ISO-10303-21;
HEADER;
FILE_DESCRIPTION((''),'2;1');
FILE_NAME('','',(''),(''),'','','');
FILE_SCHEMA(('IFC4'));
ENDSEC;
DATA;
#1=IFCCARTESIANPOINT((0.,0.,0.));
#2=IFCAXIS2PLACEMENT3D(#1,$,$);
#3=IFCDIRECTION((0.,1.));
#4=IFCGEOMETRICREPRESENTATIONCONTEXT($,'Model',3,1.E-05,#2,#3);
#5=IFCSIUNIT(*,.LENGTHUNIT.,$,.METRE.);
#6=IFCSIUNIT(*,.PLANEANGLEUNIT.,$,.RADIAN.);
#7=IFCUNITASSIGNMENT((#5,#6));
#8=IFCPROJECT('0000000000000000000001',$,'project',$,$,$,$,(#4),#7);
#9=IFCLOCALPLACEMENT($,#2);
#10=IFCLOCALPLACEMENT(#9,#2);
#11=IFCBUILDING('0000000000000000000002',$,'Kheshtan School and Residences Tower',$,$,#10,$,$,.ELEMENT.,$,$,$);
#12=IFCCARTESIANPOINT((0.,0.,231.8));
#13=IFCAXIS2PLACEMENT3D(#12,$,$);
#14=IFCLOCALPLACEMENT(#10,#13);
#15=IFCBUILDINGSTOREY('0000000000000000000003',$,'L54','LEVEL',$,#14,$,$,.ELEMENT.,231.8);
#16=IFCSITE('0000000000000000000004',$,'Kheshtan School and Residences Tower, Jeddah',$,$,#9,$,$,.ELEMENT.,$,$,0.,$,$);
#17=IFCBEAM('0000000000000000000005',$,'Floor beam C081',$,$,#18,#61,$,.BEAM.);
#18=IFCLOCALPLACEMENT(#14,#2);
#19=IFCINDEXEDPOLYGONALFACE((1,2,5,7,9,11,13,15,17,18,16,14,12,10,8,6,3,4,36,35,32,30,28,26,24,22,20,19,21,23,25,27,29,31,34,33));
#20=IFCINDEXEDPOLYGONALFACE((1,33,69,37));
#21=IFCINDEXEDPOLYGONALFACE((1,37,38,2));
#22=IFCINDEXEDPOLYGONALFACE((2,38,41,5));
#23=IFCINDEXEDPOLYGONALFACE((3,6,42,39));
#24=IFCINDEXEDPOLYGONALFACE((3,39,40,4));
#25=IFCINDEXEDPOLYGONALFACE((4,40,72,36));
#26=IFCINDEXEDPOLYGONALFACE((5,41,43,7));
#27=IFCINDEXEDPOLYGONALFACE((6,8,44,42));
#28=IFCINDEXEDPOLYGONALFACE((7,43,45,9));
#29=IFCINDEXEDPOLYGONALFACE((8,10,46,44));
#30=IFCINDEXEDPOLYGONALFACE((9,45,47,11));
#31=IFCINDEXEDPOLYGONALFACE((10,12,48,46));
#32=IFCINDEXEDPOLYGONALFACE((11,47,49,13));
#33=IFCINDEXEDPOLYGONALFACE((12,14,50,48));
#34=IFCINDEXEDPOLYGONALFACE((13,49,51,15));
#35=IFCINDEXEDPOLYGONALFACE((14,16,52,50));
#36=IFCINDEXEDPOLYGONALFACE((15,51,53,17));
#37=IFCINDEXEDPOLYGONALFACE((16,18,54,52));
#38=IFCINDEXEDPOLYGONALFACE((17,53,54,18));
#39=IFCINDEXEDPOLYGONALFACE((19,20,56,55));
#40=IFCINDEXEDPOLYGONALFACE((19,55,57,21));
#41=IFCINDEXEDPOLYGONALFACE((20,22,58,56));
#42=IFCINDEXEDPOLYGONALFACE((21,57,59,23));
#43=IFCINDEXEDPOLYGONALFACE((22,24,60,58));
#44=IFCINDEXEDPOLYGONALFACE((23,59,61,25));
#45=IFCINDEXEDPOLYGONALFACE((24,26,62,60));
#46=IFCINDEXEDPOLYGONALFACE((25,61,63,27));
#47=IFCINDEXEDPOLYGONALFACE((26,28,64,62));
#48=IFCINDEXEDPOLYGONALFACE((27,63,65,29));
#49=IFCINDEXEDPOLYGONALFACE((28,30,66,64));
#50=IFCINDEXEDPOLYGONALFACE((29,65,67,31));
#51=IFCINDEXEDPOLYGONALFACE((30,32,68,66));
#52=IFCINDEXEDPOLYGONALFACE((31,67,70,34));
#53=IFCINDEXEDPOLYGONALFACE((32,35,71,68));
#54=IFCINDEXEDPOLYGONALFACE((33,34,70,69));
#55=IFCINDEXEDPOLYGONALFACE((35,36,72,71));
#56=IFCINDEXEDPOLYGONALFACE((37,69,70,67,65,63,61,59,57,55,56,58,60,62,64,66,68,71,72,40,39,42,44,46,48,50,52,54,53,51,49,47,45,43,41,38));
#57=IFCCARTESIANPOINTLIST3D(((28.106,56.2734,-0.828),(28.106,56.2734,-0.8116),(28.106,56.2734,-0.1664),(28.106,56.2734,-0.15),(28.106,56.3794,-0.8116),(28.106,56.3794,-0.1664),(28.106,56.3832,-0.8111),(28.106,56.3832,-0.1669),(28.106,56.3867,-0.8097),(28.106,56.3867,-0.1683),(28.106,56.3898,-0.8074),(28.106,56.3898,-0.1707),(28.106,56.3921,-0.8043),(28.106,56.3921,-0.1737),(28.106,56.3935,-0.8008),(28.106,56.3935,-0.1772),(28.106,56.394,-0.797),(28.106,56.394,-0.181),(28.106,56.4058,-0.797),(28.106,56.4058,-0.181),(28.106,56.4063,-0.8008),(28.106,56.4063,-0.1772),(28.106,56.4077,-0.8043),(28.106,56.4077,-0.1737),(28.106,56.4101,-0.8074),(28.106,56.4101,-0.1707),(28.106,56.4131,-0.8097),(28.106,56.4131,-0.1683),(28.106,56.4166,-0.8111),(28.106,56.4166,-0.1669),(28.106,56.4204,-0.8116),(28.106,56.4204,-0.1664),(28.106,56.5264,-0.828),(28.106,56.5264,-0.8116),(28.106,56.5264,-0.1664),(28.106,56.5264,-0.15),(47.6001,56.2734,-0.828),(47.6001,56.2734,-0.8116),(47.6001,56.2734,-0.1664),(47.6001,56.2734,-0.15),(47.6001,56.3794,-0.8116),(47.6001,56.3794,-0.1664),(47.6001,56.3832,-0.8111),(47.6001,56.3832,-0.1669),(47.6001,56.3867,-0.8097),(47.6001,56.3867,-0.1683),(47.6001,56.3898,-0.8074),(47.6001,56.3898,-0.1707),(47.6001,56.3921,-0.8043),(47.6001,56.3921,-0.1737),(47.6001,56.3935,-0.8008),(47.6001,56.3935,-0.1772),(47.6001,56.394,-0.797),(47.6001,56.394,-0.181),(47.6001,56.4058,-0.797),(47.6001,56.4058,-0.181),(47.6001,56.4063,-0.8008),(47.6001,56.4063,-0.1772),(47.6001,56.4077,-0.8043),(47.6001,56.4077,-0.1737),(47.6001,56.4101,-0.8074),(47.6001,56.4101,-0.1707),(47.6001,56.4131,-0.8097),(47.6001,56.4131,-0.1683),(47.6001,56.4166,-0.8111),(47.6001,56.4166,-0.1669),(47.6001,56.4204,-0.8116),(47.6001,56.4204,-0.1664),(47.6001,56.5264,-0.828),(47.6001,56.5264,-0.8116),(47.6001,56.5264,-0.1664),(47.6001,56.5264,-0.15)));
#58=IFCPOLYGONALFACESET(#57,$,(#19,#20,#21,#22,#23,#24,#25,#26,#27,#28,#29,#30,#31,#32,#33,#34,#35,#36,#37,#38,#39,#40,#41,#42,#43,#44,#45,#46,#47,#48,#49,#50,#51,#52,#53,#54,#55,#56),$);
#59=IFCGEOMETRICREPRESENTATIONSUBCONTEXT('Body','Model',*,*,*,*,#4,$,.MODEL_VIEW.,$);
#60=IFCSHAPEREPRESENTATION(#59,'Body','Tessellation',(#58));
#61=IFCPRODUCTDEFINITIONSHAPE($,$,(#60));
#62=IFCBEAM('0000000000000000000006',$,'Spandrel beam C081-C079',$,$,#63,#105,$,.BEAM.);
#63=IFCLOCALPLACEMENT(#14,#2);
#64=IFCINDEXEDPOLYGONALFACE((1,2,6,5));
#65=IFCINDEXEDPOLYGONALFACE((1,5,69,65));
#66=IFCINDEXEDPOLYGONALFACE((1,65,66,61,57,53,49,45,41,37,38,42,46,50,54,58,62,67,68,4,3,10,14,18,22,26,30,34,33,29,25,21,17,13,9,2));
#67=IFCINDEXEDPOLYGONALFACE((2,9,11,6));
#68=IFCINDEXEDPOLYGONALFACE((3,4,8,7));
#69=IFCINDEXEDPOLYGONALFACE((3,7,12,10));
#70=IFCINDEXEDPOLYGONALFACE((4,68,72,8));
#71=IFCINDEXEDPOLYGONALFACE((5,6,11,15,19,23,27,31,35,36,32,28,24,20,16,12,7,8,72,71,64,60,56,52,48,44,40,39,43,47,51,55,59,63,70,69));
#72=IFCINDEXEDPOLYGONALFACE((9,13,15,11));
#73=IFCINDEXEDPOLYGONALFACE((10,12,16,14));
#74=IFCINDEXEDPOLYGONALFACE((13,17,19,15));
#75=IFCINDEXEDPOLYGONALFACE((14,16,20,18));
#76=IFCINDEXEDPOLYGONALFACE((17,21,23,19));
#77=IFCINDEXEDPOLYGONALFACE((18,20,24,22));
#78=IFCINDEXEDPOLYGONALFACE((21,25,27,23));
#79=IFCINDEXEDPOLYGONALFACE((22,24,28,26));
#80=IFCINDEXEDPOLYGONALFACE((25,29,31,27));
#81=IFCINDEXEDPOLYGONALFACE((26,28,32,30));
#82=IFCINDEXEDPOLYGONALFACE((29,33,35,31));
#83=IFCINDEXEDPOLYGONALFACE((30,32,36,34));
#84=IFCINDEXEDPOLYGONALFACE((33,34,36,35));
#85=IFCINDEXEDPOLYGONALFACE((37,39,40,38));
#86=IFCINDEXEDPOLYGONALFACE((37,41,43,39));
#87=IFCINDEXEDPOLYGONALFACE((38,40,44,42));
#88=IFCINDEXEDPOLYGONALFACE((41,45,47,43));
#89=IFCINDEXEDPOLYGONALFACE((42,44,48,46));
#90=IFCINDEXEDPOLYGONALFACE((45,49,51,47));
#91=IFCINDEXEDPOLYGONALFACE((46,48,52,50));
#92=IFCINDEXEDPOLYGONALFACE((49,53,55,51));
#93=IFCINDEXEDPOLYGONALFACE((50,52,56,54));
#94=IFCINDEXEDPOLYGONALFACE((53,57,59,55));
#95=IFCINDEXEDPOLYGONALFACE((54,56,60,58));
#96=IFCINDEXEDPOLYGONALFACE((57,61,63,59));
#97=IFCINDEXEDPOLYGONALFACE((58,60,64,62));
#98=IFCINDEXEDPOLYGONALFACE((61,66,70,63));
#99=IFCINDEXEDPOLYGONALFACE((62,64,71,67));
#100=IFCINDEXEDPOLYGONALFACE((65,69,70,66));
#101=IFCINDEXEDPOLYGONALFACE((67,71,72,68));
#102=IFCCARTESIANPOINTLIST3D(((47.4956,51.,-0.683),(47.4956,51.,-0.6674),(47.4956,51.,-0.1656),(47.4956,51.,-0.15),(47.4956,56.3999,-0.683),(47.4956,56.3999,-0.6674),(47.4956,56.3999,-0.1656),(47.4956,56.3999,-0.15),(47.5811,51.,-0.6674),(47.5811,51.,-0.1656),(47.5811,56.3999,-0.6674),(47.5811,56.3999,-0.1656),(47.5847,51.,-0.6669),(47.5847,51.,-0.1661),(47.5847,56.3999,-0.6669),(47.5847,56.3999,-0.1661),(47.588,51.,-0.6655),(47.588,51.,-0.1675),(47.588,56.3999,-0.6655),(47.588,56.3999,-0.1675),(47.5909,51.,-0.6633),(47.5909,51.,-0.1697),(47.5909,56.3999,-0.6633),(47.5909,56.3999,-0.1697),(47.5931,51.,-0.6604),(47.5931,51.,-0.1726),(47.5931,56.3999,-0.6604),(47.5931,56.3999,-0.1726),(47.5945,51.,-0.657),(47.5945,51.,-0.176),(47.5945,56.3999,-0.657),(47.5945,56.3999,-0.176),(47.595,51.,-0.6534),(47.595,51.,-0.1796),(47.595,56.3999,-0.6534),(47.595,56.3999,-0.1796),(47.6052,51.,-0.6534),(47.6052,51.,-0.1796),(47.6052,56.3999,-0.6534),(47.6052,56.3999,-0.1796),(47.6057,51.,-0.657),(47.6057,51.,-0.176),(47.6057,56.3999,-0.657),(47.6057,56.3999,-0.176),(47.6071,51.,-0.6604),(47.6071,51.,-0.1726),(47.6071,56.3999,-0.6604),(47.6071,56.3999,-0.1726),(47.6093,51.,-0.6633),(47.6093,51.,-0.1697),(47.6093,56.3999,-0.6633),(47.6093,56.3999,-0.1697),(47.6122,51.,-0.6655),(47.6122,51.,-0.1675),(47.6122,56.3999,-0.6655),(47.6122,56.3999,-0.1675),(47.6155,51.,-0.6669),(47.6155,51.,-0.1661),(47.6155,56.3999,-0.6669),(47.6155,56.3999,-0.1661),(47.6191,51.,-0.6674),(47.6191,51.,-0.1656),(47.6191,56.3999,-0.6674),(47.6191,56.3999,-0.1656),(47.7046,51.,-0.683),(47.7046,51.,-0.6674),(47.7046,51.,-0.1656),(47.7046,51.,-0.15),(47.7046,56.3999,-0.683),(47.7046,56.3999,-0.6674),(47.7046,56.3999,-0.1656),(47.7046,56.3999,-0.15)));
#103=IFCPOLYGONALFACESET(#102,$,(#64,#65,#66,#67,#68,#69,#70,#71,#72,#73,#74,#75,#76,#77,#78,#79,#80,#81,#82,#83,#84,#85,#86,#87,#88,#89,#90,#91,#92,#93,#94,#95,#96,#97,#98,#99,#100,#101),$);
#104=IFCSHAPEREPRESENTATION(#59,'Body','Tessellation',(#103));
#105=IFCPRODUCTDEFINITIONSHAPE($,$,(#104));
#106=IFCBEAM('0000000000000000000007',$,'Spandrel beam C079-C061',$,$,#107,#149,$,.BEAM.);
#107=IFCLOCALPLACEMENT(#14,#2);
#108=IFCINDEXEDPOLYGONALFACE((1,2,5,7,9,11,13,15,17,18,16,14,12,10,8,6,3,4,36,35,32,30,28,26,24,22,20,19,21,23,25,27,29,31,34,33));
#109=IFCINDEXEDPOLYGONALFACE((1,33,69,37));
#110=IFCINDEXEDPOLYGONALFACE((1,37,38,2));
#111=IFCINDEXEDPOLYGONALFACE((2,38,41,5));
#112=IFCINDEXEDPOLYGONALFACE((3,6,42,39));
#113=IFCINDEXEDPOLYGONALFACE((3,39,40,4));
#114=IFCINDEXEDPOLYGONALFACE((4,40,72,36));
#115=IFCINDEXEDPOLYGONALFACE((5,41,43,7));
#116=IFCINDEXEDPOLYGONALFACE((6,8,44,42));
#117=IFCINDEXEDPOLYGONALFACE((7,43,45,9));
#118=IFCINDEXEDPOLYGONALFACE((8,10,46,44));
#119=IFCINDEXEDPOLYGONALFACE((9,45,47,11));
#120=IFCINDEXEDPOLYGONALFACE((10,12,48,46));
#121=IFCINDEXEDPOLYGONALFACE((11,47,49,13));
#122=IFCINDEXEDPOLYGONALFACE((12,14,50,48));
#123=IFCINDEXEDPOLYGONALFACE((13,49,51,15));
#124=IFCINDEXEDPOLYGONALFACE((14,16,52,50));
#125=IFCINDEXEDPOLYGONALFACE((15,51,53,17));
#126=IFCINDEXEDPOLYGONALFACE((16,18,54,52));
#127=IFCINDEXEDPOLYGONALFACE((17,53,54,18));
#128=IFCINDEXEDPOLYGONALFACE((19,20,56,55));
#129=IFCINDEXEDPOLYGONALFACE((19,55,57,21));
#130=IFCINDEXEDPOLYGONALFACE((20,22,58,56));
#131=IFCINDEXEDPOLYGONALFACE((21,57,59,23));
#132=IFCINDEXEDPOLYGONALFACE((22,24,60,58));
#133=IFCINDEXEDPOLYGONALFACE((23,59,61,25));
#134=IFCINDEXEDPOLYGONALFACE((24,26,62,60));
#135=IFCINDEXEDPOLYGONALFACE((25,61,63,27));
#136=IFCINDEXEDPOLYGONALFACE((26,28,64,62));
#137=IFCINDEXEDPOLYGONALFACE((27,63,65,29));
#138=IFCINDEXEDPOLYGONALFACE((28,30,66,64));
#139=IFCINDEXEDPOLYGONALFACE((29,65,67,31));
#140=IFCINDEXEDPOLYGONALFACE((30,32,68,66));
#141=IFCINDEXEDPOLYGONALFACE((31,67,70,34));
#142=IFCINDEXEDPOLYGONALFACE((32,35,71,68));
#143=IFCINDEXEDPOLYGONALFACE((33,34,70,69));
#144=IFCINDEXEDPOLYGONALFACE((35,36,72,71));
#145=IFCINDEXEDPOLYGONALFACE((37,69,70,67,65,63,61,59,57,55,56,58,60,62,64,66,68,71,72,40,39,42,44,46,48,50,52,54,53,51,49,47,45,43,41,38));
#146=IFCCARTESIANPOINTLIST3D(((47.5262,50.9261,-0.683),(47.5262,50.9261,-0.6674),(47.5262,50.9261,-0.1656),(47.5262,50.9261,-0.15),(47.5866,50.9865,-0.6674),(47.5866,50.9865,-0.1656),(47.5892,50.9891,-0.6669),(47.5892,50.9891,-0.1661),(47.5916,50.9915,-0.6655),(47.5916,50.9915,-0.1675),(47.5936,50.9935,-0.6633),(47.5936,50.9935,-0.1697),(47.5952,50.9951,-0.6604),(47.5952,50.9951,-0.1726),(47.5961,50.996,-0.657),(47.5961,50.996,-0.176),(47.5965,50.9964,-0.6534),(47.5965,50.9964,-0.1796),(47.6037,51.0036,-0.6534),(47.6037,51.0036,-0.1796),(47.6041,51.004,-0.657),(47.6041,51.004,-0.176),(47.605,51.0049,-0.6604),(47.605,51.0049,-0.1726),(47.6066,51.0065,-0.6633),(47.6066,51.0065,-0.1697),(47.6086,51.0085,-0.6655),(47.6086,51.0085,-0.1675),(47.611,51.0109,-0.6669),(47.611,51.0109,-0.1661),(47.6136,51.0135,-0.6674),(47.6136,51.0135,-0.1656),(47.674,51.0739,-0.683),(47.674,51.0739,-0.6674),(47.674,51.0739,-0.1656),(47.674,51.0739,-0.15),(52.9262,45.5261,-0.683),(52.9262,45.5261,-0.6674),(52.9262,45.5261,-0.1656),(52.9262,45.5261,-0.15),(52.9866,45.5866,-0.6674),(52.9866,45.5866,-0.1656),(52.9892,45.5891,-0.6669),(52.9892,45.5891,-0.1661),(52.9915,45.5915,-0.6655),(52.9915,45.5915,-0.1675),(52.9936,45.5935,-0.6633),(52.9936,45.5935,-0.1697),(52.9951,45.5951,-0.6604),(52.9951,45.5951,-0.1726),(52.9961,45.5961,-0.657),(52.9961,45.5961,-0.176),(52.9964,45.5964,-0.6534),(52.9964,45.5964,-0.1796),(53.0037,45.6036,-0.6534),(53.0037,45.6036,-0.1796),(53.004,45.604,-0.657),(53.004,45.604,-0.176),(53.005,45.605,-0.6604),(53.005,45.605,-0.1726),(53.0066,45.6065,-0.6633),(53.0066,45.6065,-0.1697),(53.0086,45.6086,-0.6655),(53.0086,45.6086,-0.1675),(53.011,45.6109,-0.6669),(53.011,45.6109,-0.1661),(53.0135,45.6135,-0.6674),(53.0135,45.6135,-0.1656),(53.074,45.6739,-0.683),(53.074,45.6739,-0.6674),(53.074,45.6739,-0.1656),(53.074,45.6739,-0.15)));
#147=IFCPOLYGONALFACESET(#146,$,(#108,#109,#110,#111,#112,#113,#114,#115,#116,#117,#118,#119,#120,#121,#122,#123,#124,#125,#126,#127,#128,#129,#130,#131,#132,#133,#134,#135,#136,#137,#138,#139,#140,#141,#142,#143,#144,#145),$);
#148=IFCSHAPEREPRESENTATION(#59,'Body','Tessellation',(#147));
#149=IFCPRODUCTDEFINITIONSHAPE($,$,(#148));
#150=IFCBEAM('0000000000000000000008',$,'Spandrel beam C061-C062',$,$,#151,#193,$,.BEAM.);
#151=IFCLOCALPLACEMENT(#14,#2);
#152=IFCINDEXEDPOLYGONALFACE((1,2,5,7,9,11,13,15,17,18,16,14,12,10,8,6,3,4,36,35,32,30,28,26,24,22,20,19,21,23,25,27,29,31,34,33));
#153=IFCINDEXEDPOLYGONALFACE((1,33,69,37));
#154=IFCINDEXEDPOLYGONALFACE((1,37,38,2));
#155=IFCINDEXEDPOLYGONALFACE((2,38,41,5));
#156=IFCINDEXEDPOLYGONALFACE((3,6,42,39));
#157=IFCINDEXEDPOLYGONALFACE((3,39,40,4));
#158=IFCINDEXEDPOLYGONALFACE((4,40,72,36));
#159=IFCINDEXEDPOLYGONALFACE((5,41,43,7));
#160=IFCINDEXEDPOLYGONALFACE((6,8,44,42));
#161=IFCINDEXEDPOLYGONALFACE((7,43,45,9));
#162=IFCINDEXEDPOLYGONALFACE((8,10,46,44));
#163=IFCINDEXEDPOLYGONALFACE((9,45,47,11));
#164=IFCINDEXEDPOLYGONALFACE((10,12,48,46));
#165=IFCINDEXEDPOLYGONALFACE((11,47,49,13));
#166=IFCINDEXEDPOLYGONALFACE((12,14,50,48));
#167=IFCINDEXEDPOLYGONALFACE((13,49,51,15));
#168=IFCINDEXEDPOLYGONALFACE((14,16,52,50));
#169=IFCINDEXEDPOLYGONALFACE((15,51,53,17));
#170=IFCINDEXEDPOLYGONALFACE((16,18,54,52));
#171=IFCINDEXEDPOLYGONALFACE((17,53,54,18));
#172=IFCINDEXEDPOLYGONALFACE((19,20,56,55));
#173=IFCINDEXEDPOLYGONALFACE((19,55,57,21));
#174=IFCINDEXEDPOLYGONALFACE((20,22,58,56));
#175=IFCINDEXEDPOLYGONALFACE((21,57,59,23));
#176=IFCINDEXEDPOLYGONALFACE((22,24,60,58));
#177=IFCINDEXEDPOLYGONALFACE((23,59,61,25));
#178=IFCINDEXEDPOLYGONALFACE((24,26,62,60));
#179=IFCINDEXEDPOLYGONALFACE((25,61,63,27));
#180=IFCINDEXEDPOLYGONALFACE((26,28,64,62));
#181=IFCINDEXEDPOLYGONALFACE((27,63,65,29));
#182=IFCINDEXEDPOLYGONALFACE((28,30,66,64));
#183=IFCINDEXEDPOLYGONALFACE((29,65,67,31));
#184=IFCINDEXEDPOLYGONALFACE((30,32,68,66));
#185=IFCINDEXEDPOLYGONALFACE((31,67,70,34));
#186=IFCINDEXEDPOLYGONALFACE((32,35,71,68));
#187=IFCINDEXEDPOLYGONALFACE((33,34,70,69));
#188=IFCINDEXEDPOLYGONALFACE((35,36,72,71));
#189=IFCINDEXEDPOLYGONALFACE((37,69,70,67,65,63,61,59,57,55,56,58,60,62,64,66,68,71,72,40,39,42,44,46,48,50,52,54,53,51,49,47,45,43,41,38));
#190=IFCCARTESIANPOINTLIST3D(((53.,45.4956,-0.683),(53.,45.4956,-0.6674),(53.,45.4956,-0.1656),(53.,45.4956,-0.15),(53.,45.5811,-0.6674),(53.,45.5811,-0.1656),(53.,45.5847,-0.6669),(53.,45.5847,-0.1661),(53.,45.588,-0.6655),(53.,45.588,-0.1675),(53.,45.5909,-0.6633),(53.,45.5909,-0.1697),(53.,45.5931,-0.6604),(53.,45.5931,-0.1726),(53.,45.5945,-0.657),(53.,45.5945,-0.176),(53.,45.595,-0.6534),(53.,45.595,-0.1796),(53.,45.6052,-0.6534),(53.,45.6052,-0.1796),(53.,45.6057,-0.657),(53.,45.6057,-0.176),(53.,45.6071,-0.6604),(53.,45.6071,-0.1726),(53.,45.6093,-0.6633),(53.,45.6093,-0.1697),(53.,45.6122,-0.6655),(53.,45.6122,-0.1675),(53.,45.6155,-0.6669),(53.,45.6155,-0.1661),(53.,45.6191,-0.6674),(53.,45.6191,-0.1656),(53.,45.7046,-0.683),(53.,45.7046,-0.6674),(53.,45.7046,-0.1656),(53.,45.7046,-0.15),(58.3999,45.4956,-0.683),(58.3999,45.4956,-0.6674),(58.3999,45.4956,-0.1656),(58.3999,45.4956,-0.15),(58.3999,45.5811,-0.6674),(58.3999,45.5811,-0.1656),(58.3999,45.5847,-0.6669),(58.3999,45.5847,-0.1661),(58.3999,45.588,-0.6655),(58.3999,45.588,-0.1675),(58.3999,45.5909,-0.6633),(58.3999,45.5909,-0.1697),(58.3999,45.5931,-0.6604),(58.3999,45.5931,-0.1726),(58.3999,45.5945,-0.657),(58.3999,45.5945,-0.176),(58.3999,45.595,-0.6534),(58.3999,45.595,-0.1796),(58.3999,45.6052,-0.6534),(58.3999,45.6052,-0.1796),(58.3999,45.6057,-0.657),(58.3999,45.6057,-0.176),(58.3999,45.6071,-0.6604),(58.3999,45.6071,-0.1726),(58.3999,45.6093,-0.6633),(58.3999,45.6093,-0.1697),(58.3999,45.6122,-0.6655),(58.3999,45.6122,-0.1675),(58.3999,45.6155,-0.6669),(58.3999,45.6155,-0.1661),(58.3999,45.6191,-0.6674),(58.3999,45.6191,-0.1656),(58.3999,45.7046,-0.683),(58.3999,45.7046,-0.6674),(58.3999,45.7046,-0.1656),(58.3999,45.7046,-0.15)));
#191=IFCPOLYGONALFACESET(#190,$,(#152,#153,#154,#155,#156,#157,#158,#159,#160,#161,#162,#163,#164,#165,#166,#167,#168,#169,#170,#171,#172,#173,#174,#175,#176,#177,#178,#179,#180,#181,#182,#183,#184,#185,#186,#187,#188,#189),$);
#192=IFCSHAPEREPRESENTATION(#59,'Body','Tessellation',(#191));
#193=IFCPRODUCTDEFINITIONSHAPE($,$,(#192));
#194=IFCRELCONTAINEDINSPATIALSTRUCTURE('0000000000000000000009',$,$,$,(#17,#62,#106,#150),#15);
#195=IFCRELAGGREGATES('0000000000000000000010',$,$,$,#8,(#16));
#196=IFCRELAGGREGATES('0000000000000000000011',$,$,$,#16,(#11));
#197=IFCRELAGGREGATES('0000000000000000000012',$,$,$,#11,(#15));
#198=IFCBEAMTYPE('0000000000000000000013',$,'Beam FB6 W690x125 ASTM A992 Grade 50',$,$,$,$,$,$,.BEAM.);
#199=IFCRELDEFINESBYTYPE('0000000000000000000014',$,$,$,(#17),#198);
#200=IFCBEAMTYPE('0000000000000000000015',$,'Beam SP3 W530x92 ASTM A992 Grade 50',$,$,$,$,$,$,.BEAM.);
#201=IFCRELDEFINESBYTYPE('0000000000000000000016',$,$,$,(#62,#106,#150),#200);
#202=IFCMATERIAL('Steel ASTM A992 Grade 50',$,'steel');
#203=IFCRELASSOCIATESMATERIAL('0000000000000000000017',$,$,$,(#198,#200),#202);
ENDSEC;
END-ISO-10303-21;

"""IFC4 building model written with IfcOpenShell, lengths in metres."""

from ifc_helpers import new_model, si_unit, direction, frame, origin, origin_2d, place, context, subcontext, project, spatial, i_section, extrude, material, material_profile, profile_set, type_object, element, save


model = new_model("IFC4")

# Units and contexts
model_context = context("Model", 3, precision=1e-05, world=origin(), true_north=direction((0.0, 1.0)))
body_context = subcontext(model_context, "Body", "Model", "MODEL_VIEW")
ifc_project = project(units=[si_unit("LENGTHUNIT", "METRE"), si_unit("PLANEANGLEUNIT", "RADIAN")], contexts=[model_context])

# Site, building, storey
site_placement = place(None, origin())
site = spatial("IfcSite", under=ifc_project, at=site_placement, Name="Kheshtan School and Residences Tower, Jeddah", CompositionType="ELEMENT", RefElevation=0.0)
building_placement = place(site_placement, origin())
building = spatial("IfcBuilding", under=site, at=building_placement, Name="Kheshtan School and Residences Tower", CompositionType="ELEMENT")
storey_placement = place(building_placement, frame((0.0, 0.0, 231.8)))
storey = spatial("IfcBuildingStorey", under=building, at=storey_placement, Name="L54", Description="LEVEL", CompositionType="ELEMENT", Elevation=231.8)

# Shared definitions
ifc_material_1 = material(Name="Steel ASTM A992 Grade 50", Category="steel")

# Beams
ifc_material_profile_1 = material_profile(ifc_material_1, i_section(OverallWidth=0.2529, OverallDepth=0.678, WebThickness=0.0117, FlangeThickness=0.0164, FilletRadius=0.0146, at=origin_2d()), Name="W690x125")
ifc_profile_set_1 = profile_set([ifc_material_profile_1], Name="Steel ASTM A992 Grade 50")
beam_type_1 = type_object("IfcBeamType", Name="Beam FB6 W690x125 ASTM A992 Grade 50", PredefinedType="BEAM", material=ifc_profile_set_1)
beam_1_placement = place(storey_placement, frame((47.6001, 56.3999, -0.489), z_axis=(-1.0, 0.0, 0.0), x_axis=(0.0, -1.0, 0.0)))
element("IfcBeam", 1, at=beam_1_placement, inside=storey, type_object=beam_type_1, Name="Floor beam C081", PredefinedType="BEAM", context=body_context, shape_type="SweptSolid", body=[
    extrude(i_section(OverallWidth=0.2529, OverallDepth=0.678, WebThickness=0.0117, FlangeThickness=0.0164, FilletRadius=0.0146, at=origin_2d()), origin(), (0.0, 0.0, 1.0), 19.4941),
])
ifc_material_profile_2 = material_profile(ifc_material_1, i_section(OverallWidth=0.209, OverallDepth=0.533, WebThickness=0.0103, FlangeThickness=0.0156, FilletRadius=0.0139, at=origin_2d()), Name="W530x92")
ifc_profile_set_2 = profile_set([ifc_material_profile_2], Name="Steel ASTM A992 Grade 50")
beam_type_2 = type_object("IfcBeamType", Name="Beam SP3 W530x92 ASTM A992 Grade 50", PredefinedType="BEAM", material=ifc_profile_set_2)
beam_2_placement = place(storey_placement, frame((47.6001, 56.3999, -0.4165), z_axis=(0.0, -1.0, 0.0), x_axis=(1.0, 0.0, 0.0)))
element("IfcBeam", 2, at=beam_2_placement, inside=storey, type_object=beam_type_2, Name="Spandrel beam C081-C079", PredefinedType="BEAM", context=body_context, shape_type="SweptSolid", body=[
    extrude(i_section(OverallWidth=0.209, OverallDepth=0.533, WebThickness=0.0103, FlangeThickness=0.0156, FilletRadius=0.0139, at=origin_2d()), origin(), (0.0, 0.0, 1.0), 5.3999),
])
beam_3_placement = place(storey_placement, frame((47.6001, 51.0, -0.4165), z_axis=(0.707107, -0.707107, 0.0), x_axis=(0.707107, 0.707107, 0.0)))
element("IfcBeam", 3, at=beam_3_placement, inside=storey, type_object=beam_type_2, Name="Spandrel beam C079-C061", PredefinedType="BEAM", context=body_context, shape_type="SweptSolid", body=[
    extrude(i_section(OverallWidth=0.209, OverallDepth=0.533, WebThickness=0.0103, FlangeThickness=0.0156, FilletRadius=0.0139, at=origin_2d()), origin(), (0.0, 0.0, 1.0), 7.6367),
])
beam_4_placement = place(storey_placement, frame((53.0, 45.6001, -0.4165), z_axis=(1.0, 0.0, 0.0), x_axis=(0.0, 1.0, 0.0)))
element("IfcBeam", 4, at=beam_4_placement, inside=storey, type_object=beam_type_2, Name="Spandrel beam C061-C062", PredefinedType="BEAM", context=body_context, shape_type="SweptSolid", body=[
    extrude(i_section(OverallWidth=0.209, OverallDepth=0.533, WebThickness=0.0103, FlangeThickness=0.0156, FilletRadius=0.0139, at=origin_2d()), origin(), (0.0, 0.0, 1.0), 5.3999),
])

save(model, "model.ifc")
